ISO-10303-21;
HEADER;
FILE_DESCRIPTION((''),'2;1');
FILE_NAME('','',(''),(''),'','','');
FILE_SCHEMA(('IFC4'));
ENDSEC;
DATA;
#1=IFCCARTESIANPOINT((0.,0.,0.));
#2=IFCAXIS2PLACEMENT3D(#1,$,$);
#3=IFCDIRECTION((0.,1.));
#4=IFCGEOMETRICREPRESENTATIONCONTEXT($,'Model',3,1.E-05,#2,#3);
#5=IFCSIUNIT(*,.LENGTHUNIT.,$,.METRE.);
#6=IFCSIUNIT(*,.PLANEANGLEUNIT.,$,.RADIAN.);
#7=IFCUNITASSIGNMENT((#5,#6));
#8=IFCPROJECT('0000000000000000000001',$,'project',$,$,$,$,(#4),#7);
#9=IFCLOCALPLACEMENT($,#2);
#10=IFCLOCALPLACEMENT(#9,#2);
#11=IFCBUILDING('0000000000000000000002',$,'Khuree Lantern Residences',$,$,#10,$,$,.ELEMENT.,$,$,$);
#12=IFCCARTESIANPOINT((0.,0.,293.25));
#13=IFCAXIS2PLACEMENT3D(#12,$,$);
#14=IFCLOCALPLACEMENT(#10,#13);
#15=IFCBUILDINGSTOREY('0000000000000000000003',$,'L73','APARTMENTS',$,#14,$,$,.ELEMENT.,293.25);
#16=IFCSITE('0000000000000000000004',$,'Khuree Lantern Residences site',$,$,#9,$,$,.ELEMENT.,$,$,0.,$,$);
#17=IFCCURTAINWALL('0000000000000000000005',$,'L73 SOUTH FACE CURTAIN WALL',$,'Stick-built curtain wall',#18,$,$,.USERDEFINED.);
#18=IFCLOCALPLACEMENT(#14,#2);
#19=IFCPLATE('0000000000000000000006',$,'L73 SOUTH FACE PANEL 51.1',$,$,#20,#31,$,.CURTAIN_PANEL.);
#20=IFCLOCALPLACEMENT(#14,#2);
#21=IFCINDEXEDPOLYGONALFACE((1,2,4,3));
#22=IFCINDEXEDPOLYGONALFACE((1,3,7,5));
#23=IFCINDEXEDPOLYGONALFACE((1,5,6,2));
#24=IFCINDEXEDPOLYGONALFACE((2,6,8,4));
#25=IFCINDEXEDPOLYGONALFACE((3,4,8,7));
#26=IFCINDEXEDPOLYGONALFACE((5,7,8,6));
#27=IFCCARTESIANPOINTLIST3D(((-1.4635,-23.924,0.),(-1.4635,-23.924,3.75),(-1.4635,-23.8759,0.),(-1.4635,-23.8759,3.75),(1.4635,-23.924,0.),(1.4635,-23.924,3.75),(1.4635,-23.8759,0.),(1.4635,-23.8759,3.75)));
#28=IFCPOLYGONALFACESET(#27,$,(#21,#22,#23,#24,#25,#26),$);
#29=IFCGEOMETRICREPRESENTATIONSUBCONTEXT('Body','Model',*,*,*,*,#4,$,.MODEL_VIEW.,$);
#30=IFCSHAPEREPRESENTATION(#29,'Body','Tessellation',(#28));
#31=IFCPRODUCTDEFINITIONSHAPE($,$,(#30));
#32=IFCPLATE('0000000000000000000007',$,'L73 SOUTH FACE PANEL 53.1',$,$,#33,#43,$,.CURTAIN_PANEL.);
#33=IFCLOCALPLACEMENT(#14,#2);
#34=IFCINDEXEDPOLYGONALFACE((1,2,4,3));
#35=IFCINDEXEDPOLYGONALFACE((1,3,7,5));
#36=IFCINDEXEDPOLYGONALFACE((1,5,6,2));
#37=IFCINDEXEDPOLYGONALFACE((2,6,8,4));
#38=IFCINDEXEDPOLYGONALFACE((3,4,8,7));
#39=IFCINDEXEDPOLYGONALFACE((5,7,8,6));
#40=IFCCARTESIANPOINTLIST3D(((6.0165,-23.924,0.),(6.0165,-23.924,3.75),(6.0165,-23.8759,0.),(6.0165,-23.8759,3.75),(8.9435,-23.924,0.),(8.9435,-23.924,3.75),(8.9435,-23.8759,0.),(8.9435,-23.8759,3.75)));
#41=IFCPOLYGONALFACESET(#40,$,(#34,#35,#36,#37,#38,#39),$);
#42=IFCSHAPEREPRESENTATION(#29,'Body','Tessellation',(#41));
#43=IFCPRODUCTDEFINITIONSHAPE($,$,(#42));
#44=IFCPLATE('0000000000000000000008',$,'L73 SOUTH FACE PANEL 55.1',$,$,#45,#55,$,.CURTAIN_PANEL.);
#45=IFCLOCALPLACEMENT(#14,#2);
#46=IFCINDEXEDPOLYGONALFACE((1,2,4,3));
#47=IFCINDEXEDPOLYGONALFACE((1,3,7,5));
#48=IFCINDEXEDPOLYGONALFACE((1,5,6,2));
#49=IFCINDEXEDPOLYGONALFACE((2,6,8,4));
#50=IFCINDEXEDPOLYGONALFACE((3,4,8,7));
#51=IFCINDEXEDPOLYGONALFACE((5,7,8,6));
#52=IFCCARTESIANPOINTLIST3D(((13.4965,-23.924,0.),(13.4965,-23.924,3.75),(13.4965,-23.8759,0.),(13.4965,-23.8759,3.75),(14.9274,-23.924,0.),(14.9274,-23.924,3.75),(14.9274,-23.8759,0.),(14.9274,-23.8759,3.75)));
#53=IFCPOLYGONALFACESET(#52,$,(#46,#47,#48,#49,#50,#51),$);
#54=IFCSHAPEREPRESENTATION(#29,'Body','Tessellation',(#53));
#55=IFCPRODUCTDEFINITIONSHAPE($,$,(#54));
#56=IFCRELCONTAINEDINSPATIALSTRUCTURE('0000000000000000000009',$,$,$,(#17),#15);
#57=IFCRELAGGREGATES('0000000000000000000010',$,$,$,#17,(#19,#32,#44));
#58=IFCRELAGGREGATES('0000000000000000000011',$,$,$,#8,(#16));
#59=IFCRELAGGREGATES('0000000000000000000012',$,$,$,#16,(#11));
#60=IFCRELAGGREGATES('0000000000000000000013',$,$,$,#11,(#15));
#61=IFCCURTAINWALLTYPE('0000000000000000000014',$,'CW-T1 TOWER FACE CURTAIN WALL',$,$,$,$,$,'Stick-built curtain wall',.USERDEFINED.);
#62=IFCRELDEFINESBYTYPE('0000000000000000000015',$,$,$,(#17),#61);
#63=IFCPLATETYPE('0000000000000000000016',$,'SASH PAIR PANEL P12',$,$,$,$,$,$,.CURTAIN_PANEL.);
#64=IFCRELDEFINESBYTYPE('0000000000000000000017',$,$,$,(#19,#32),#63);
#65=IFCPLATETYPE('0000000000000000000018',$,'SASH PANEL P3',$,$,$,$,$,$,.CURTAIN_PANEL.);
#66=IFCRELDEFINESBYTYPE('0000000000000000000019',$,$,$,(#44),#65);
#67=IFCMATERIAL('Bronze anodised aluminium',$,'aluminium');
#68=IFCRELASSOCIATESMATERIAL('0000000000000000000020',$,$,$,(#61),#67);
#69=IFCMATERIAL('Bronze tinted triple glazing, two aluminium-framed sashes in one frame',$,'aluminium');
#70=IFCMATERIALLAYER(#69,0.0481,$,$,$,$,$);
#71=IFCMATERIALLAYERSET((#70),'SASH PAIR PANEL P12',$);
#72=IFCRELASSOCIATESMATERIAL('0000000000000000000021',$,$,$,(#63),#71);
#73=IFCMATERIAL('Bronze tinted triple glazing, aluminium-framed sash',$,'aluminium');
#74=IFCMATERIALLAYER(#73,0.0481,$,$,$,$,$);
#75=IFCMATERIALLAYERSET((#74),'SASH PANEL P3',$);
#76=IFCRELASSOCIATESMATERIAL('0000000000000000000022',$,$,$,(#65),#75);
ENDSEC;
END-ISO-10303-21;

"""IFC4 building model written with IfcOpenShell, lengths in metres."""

from ifc_helpers import new_model, si_unit, direction, frame, origin, origin_2d, place, context, subcontext, project, spatial, rectangle, extrude, material, layer, layer_set, type_object, element, aggregate, save


model = new_model("IFC4")

# Units and contexts
model_context = context("Model", 3, precision=1e-05, world=origin(), true_north=direction((0.0, 1.0)))
body_context = subcontext(model_context, "Body", "Model", "MODEL_VIEW")
ifc_project = project(units=[si_unit("LENGTHUNIT", "METRE"), si_unit("PLANEANGLEUNIT", "RADIAN")], contexts=[model_context])

# Site, building, storey
site_placement = place(None, origin())
site = spatial("IfcSite", under=ifc_project, at=site_placement, Name="Khuree Lantern Residences site", CompositionType="ELEMENT", RefElevation=0.0)
building_placement = place(site_placement, origin())
building = spatial("IfcBuilding", under=site, at=building_placement, Name="Khuree Lantern Residences", CompositionType="ELEMENT")
storey_placement = place(building_placement, frame((0.0, 0.0, 293.25)))
storey = spatial("IfcBuildingStorey", under=building, at=storey_placement, Name="L73", Description="APARTMENTS", CompositionType="ELEMENT", Elevation=293.25)

# Curtain wall
ifc_material_1 = material(Name="Bronze anodised aluminium", Category="aluminium")
curtain_wall_type = type_object("IfcCurtainWallType", Name="CW-T1 TOWER FACE CURTAIN WALL", ElementType="Stick-built curtain wall", PredefinedType="USERDEFINED", material=ifc_material_1)
curtain_wall_placement = place(storey_placement, origin())
curtain_wall = element("IfcCurtainWall", 1, at=curtain_wall_placement, inside=storey, type_object=curtain_wall_type, Name="L73 SOUTH FACE CURTAIN WALL", ObjectType="Stick-built curtain wall", PredefinedType="USERDEFINED")

# Plates
ifc_material_2 = material(Name="Bronze tinted triple glazing, two aluminium-framed sashes in one frame", Category="aluminium")
ifc_layer_1 = layer(ifc_material_2, 0.0481)
ifc_layer_set_1 = layer_set([ifc_layer_1], Name="SASH PAIR PANEL P12")
plate_type_1 = type_object("IfcPlateType", Name="SASH PAIR PANEL P12", PredefinedType="CURTAIN_PANEL", material=ifc_layer_set_1)
plate_1_placement = place(storey_placement, frame((0.0, -23.8999, 0.0), z_axis=(0.0, 0.0, 1.0), x_axis=(1.0, 0.0, 0.0)))
plate_1 = element("IfcPlate", 2, at=plate_1_placement, type_object=plate_type_1, Name="L73 SOUTH FACE PANEL 51.1", PredefinedType="CURTAIN_PANEL", context=body_context, shape_type="SweptSolid", body=[
    extrude(rectangle(XDim=2.927, YDim=0.0481, at=origin_2d()), origin(), (0.0, 0.0, 1.0), 3.75),
])
plate_2_placement = place(storey_placement, frame((7.48, -23.8999, 0.0), z_axis=(0.0, 0.0, 1.0), x_axis=(1.0, 0.0, 0.0)))
plate_2 = element("IfcPlate", 3, at=plate_2_placement, type_object=plate_type_1, Name="L73 SOUTH FACE PANEL 53.1", PredefinedType="CURTAIN_PANEL", context=body_context, shape_type="SweptSolid", body=[
    extrude(rectangle(XDim=2.927, YDim=0.0481, at=origin_2d()), origin(), (0.0, 0.0, 1.0), 3.75),
])
ifc_material_3 = material(Name="Bronze tinted triple glazing, aluminium-framed sash", Category="aluminium")
ifc_layer_2 = layer(ifc_material_3, 0.0481)
ifc_layer_set_2 = layer_set([ifc_layer_2], Name="SASH PANEL P3")
plate_type_2 = type_object("IfcPlateType", Name="SASH PANEL P3", PredefinedType="CURTAIN_PANEL", material=ifc_layer_set_2)
plate_3_placement = place(storey_placement, frame((14.2119, -23.8999, 0.0), z_axis=(0.0, 0.0, 1.0), x_axis=(1.0, 0.0, 0.0)))
plate_3 = element("IfcPlate", 4, at=plate_3_placement, type_object=plate_type_2, Name="L73 SOUTH FACE PANEL 55.1", PredefinedType="CURTAIN_PANEL", context=body_context, shape_type="SweptSolid", body=[
    extrude(rectangle(XDim=1.4309, YDim=0.0481, at=origin_2d()), origin(), (0.0, 0.0, 1.0), 3.75),
])
aggregate(curtain_wall, [plate_1, plate_2, plate_3])

save(model, "model.ifc")
